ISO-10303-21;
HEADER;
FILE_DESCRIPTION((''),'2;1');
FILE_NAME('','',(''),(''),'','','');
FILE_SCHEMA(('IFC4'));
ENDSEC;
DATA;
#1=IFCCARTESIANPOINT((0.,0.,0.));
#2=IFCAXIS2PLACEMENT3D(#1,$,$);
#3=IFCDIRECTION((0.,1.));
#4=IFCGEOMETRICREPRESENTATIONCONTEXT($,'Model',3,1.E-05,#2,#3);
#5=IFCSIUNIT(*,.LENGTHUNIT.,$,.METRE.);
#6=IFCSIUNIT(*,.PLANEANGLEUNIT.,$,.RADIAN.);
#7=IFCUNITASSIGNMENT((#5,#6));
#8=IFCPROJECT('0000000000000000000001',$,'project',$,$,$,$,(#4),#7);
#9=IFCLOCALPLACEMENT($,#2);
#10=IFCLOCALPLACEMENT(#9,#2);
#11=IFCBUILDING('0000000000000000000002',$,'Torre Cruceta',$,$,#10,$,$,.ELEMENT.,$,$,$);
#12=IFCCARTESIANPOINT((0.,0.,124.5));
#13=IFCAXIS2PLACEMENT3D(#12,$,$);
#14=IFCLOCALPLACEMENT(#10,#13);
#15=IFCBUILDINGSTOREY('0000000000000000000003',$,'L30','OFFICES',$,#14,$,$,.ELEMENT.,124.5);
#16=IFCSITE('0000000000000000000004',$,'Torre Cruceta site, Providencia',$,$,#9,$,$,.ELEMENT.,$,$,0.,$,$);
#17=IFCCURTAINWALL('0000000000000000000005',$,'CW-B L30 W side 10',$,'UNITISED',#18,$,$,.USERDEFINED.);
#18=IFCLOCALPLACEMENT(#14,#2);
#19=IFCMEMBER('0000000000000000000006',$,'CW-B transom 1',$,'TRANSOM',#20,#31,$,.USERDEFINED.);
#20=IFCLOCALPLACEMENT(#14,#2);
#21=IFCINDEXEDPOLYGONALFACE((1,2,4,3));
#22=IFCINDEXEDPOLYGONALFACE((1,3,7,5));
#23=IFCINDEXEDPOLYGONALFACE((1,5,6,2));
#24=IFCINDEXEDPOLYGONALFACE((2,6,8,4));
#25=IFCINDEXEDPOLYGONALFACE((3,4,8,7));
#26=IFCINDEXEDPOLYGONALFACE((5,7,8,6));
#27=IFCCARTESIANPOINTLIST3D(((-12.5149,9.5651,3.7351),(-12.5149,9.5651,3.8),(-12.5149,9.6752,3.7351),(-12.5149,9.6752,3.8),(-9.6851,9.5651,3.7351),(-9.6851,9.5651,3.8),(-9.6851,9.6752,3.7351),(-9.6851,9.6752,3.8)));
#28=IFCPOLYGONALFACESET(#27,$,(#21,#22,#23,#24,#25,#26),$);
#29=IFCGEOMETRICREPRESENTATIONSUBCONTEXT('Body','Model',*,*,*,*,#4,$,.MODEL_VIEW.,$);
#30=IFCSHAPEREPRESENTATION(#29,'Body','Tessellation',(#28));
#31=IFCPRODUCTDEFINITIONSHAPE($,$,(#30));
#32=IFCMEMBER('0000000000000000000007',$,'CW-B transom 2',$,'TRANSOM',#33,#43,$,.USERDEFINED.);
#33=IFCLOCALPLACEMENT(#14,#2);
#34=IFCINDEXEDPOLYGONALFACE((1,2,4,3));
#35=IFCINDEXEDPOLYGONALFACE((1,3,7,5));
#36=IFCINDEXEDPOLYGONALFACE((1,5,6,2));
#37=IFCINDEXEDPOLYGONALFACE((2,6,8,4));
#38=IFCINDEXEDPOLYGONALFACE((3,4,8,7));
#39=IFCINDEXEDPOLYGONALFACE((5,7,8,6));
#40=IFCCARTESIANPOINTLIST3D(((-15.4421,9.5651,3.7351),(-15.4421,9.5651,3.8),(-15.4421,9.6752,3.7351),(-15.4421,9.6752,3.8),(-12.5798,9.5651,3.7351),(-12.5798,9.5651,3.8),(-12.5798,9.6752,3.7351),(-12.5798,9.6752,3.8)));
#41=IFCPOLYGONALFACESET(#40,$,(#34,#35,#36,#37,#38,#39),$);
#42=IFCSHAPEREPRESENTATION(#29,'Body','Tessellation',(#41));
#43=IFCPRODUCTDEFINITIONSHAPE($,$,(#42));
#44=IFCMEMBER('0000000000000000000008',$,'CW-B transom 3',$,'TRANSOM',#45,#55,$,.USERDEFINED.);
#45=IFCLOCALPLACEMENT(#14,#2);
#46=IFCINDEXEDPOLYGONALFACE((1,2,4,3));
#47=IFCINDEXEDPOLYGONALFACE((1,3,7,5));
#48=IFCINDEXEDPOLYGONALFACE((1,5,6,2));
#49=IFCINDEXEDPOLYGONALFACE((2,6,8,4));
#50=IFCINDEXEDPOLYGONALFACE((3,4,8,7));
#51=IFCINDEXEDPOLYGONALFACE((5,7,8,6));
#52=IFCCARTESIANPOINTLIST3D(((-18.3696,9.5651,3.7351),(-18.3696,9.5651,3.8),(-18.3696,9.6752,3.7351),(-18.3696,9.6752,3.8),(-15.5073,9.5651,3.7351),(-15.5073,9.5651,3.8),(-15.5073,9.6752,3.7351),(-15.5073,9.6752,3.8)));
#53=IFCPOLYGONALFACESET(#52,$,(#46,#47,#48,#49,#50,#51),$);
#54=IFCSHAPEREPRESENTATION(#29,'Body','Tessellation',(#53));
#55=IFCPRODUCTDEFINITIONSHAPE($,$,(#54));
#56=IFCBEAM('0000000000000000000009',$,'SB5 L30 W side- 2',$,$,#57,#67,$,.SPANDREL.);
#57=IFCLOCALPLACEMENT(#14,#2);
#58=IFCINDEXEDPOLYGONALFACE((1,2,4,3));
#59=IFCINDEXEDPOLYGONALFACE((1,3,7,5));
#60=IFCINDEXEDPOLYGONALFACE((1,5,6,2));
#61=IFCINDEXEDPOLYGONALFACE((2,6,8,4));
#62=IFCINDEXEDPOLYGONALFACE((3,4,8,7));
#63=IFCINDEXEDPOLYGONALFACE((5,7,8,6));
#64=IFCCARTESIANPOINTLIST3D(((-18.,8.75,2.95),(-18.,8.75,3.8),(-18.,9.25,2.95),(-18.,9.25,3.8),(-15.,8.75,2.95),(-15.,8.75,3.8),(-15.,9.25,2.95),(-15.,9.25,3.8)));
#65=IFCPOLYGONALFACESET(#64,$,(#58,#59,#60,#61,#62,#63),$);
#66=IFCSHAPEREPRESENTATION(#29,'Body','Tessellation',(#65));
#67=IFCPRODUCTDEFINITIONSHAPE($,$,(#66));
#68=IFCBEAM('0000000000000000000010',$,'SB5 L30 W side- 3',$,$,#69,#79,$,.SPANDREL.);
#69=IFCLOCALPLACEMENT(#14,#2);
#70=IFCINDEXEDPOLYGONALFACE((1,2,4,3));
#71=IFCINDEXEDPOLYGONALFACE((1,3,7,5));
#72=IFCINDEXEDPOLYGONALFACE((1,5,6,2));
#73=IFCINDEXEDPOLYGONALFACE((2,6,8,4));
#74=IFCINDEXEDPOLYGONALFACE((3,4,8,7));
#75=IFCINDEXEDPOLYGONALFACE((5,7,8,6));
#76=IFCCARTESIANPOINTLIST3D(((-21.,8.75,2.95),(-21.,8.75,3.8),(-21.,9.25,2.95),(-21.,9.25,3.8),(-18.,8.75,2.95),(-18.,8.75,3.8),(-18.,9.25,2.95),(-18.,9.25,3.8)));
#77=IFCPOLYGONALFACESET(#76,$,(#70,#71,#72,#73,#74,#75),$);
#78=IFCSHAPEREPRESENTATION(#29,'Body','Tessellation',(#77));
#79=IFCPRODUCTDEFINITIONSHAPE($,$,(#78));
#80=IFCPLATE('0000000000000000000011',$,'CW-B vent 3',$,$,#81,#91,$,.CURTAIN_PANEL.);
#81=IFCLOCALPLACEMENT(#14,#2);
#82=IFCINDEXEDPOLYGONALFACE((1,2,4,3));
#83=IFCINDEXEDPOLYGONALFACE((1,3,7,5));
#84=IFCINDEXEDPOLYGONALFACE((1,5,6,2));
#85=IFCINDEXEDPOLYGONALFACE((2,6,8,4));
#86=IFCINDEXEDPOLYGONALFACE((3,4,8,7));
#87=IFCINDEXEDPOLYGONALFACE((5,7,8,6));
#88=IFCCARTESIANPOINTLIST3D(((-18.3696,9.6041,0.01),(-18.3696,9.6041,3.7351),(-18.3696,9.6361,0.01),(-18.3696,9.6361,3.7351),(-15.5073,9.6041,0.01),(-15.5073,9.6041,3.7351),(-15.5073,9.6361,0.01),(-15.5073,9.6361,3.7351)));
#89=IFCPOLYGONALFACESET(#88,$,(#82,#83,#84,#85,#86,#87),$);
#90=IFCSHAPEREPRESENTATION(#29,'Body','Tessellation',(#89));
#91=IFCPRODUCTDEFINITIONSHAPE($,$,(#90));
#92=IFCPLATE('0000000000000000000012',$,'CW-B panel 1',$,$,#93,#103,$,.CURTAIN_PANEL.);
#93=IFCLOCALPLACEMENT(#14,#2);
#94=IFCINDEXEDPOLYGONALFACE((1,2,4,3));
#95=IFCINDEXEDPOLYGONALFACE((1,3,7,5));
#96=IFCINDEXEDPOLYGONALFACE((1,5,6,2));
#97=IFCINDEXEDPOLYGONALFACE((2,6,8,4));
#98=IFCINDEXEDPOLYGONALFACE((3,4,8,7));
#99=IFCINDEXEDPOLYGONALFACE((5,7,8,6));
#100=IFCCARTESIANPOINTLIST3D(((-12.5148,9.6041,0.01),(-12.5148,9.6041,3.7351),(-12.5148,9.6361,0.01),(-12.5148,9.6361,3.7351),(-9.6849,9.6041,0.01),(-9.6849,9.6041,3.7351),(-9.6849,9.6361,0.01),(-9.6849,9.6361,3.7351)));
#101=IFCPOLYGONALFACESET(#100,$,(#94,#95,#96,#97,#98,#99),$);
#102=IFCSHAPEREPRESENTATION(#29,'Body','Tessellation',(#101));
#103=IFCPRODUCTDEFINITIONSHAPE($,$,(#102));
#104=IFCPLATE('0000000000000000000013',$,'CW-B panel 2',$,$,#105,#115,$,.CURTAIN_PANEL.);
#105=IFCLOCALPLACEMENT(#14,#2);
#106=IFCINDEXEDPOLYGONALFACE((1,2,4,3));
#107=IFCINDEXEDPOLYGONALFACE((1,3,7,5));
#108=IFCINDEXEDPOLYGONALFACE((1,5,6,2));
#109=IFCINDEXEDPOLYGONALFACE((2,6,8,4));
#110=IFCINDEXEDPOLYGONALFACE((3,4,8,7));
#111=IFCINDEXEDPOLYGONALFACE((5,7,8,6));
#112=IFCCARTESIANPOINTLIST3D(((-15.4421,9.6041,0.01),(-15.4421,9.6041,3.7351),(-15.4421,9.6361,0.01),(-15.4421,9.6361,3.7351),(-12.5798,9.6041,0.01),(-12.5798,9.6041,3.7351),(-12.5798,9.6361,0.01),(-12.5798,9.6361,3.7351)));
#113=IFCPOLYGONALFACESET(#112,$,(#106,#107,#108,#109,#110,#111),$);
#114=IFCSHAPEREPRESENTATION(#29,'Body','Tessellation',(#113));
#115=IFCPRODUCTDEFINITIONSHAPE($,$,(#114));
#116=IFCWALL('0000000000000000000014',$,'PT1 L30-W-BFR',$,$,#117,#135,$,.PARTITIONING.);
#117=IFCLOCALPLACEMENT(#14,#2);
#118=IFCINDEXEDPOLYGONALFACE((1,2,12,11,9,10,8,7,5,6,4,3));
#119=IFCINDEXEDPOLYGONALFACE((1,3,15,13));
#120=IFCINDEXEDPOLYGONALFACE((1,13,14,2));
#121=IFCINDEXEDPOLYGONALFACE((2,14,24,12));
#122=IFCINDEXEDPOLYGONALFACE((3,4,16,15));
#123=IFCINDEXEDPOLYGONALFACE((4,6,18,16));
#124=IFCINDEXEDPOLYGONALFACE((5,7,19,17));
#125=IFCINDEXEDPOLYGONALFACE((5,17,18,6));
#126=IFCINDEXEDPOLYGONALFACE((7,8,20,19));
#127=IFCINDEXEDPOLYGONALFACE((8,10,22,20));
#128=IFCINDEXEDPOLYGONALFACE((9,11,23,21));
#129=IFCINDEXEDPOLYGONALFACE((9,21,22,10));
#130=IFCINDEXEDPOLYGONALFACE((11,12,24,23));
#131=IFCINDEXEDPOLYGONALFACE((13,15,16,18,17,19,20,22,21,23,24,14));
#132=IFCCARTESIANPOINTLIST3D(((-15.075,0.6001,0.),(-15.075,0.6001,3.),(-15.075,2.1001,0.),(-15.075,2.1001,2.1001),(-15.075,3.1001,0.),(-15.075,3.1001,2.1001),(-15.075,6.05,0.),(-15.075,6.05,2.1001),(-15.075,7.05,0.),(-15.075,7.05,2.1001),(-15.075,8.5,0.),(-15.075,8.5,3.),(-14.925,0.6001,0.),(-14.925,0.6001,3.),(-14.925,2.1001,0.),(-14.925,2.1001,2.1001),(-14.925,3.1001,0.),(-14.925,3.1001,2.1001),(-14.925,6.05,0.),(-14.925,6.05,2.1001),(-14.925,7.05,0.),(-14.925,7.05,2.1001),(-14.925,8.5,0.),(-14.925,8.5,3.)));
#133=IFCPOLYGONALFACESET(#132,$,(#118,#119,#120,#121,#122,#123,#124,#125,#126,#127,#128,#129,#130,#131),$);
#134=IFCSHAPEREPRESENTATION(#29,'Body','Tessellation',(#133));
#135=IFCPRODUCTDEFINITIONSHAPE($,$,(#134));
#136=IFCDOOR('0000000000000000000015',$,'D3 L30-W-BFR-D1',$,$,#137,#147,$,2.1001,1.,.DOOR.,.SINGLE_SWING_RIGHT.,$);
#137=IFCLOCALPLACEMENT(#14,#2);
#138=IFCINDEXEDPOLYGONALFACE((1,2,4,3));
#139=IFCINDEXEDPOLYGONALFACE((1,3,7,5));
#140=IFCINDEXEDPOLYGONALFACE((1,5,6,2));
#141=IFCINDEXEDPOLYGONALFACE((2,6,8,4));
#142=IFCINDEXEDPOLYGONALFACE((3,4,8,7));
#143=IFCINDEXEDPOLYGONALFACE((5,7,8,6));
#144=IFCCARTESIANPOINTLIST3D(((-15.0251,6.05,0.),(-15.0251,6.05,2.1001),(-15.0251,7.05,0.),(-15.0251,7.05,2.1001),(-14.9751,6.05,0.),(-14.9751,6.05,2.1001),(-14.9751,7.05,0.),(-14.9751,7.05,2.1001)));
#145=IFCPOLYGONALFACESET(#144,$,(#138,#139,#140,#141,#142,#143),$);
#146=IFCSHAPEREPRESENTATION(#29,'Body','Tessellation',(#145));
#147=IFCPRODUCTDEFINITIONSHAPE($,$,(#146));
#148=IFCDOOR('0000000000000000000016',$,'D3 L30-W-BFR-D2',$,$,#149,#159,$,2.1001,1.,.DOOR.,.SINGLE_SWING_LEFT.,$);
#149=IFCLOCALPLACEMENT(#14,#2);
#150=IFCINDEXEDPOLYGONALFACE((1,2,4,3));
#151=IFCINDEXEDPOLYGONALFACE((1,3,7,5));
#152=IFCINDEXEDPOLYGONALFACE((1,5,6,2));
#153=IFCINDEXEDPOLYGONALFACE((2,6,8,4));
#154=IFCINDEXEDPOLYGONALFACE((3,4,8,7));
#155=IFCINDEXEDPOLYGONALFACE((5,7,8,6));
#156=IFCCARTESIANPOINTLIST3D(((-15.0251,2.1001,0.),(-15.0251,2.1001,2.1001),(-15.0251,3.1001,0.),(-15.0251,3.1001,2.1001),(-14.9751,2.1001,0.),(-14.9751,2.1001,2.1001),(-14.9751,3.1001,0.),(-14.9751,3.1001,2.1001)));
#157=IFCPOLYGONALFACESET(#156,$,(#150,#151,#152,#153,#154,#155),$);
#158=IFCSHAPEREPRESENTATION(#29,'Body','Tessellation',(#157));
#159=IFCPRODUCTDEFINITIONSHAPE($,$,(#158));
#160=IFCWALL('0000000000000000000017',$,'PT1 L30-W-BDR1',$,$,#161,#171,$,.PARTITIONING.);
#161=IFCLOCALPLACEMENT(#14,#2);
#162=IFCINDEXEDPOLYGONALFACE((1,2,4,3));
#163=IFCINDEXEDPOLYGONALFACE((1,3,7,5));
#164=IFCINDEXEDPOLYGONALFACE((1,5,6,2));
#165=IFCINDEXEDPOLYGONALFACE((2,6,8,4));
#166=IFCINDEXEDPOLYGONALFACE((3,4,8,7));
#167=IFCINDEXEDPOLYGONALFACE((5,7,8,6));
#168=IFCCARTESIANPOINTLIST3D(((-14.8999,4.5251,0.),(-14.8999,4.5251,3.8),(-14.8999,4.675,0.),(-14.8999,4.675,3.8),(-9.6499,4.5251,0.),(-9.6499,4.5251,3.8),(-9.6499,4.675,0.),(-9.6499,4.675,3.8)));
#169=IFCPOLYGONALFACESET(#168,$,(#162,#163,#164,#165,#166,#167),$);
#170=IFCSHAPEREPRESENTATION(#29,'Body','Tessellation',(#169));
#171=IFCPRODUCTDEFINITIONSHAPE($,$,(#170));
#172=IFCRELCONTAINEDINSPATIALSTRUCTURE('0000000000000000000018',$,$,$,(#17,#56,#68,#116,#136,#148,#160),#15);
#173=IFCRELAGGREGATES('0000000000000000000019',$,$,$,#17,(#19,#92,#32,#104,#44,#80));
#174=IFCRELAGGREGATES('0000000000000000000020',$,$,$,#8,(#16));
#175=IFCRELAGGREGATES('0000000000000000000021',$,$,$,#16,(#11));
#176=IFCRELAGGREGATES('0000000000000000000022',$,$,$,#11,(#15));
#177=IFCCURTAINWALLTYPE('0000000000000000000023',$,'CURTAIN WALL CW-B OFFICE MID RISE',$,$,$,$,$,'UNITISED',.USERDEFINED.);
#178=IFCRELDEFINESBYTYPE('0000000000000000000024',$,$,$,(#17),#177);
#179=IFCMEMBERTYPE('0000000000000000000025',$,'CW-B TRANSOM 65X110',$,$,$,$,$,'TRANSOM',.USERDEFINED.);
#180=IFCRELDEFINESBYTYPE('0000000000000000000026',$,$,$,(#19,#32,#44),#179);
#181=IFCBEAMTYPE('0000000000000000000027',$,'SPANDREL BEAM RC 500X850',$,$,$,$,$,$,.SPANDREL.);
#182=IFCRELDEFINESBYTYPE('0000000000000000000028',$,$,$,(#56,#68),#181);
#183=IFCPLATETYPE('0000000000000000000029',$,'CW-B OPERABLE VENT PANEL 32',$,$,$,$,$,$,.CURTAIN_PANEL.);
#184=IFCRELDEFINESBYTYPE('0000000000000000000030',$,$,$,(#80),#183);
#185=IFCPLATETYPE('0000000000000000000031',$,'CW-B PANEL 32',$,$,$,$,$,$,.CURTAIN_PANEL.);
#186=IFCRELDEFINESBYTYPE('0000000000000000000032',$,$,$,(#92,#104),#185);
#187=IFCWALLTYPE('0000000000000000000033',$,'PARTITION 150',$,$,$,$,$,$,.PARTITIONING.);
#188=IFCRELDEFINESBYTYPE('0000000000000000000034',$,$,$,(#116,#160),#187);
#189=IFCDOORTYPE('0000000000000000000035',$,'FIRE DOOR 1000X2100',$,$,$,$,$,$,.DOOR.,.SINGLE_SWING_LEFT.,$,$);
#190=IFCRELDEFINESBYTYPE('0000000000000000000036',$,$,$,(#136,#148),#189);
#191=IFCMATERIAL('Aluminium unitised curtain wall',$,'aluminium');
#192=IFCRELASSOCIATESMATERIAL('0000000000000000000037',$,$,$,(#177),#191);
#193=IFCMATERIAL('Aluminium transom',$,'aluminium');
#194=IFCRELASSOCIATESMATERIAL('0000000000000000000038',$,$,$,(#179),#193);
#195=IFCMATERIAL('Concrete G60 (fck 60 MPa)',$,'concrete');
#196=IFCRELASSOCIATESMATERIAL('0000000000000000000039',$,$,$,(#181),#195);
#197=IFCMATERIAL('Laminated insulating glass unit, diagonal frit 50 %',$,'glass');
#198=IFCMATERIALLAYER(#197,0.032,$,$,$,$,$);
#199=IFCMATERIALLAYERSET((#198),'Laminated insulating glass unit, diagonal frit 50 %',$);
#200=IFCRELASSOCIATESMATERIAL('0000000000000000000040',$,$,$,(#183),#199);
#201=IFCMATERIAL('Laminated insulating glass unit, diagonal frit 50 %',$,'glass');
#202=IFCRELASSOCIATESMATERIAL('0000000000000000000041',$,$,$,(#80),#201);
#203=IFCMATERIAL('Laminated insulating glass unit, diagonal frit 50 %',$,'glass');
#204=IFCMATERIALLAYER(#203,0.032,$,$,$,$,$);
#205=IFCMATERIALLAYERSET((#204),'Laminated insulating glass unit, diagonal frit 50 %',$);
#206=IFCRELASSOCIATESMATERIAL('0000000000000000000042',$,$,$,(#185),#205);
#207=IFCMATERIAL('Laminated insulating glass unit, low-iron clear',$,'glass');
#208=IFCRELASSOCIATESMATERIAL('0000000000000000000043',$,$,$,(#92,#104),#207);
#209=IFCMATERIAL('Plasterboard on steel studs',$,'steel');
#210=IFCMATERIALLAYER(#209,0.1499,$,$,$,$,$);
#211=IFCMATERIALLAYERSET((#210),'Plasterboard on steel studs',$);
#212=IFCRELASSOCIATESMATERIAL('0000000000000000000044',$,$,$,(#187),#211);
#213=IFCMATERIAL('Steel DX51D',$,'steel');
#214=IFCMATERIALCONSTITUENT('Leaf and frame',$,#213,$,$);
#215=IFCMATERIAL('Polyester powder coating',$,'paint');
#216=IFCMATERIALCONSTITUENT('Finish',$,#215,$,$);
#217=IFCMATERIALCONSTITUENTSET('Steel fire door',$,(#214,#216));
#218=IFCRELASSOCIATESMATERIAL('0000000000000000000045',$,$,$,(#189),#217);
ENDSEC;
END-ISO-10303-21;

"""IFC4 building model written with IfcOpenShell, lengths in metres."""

from ifc_helpers import new_model, si_unit, direction, frame, frame_2d, origin, origin_2d, place, context, subcontext, project, spatial, rectangle, extrude, material, layer, layer_set, constituent, constituent_set, material_profile, profile_set, type_object, element, fill, aggregate, save


model = new_model("IFC4")

# Units and contexts
model_context = context("Model", 3, precision=1e-05, world=origin(), true_north=direction((0.0, 1.0)))
body_context = subcontext(model_context, "Body", "Model", "MODEL_VIEW")
ifc_project = project(units=[si_unit("LENGTHUNIT", "METRE"), si_unit("PLANEANGLEUNIT", "RADIAN")], contexts=[model_context])

# Site, building, storey
site_placement = place(None, origin())
site = spatial("IfcSite", under=ifc_project, at=site_placement, Name="Torre Cruceta site, Providencia", CompositionType="ELEMENT", RefElevation=0.0)
building_placement = place(site_placement, origin())
building = spatial("IfcBuilding", under=site, at=building_placement, Name="Torre Cruceta", CompositionType="ELEMENT")
storey_placement = place(building_placement, frame((0.0, 0.0, 124.5)))
storey = spatial("IfcBuildingStorey", under=building, at=storey_placement, Name="L30", Description="OFFICES", CompositionType="ELEMENT", Elevation=124.5)

# Curtain wall, members
ifc_material_1 = material(Name="Aluminium unitised curtain wall", Category="aluminium")
curtain_wall_type = type_object("IfcCurtainWallType", Name="CURTAIN WALL CW-B OFFICE MID RISE", ElementType="UNITISED", PredefinedType="USERDEFINED", material=ifc_material_1)
curtain_wall_placement = place(storey_placement, origin())
curtain_wall = element("IfcCurtainWall", 1, at=curtain_wall_placement, inside=storey, type_object=curtain_wall_type, Name="CW-B L30 W side 10", ObjectType="UNITISED", PredefinedType="USERDEFINED")
ifc_material_2 = material(Name="Aluminium transom", Category="aluminium")
ifc_material_profile_1 = material_profile(ifc_material_2, rectangle(XDim=0.1101, YDim=0.0649, at=origin_2d()), Name="AL 110X65")
ifc_profile_set_1 = profile_set([ifc_material_profile_1], Name="Aluminium transom")
member_type_1 = type_object("IfcMemberType", Name="CW-B TRANSOM 65X110", ElementType="TRANSOM", PredefinedType="USERDEFINED", material=ifc_profile_set_1)
member_1_placement = place(storey_placement, frame((-9.6851, 9.6201, 3.7676), z_axis=(-1.0, 0.0, 0.0), x_axis=(0.0, -1.0, 0.0)))
member_1 = element("IfcMember", 2, at=member_1_placement, type_object=member_type_1, Name="CW-B transom 1", ObjectType="TRANSOM", PredefinedType="USERDEFINED", context=body_context, shape_type="SweptSolid", body=[
    extrude(rectangle(XDim=0.1101, YDim=0.0649, at=origin_2d()), origin(), (0.0, 0.0, 1.0), 2.8298),
])
member_2_placement = place(storey_placement, frame((-12.5798, 9.6201, 3.7676), z_axis=(-1.0, 0.0, 0.0), x_axis=(0.0, -1.0, 0.0)))
member_2 = element("IfcMember", 3, at=member_2_placement, type_object=member_type_1, Name="CW-B transom 2", ObjectType="TRANSOM", PredefinedType="USERDEFINED", context=body_context, shape_type="SweptSolid", body=[
    extrude(rectangle(XDim=0.1101, YDim=0.0649, at=origin_2d()), origin(), (0.0, 0.0, 1.0), 2.8623),
])
member_3_placement = place(storey_placement, frame((-15.5073, 9.6201, 3.7676), z_axis=(-1.0, 0.0, 0.0), x_axis=(0.0, -1.0, 0.0)))
member_3 = element("IfcMember", 4, at=member_3_placement, type_object=member_type_1, Name="CW-B transom 3", ObjectType="TRANSOM", PredefinedType="USERDEFINED", context=body_context, shape_type="SweptSolid", body=[
    extrude(rectangle(XDim=0.1101, YDim=0.0649, at=origin_2d()), origin(), (0.0, 0.0, 1.0), 2.8623),
])

# Beams
ifc_material_3 = material(Name="Concrete G60 (fck 60 MPa)", Category="concrete")
ifc_material_profile_2 = material_profile(ifc_material_3, rectangle(XDim=0.5, YDim=0.8501, at=origin_2d()), Name="RC 500X850")
ifc_profile_set_2 = profile_set([ifc_material_profile_2], Name="Concrete G60 (fck 60 MPa)")
beam_type_1 = type_object("IfcBeamType", Name="SPANDREL BEAM RC 500X850", PredefinedType="SPANDREL", material=ifc_profile_set_2)
for number, where, z_axis, x_axis, name in (
    (5, (-15.0, 9.0, 3.375), (-1.0, 0.0, 0.0), (0.0, -1.0, 0.0), "SB5 L30 W side- 2"),
    (6, (-18.0, 9.0, 3.375), (-1.0, 0.0, 0.0), (0.0, -1.0, 0.0), "SB5 L30 W side- 3"),
):
    element("IfcBeam", number, at=place(storey_placement, frame(where, z_axis=z_axis, x_axis=x_axis)), inside=storey, type_object=beam_type_1, Name=name, PredefinedType="SPANDREL", context=body_context, shape_type="SweptSolid", body=[
        extrude(rectangle(XDim=0.5, YDim=0.8501, at=origin_2d()), origin(), (0.0, 0.0, 1.0), 3.0),
    ])

# Plates
ifc_material_4 = material(Name="Laminated insulating glass unit, diagonal frit 50 %", Category="glass")
ifc_material_5 = material(Name="Laminated insulating glass unit, diagonal frit 50 %", Category="glass")
ifc_layer_1 = layer(ifc_material_5, 0.032)
ifc_layer_set_1 = layer_set([ifc_layer_1], Name="Laminated insulating glass unit, diagonal frit 50 %")
plate_type_1 = type_object("IfcPlateType", Name="CW-B OPERABLE VENT PANEL 32", PredefinedType="CURTAIN_PANEL", material=ifc_layer_set_1)
plate_1_placement = place(storey_placement, frame((-16.9385, 9.6201, 0.01), z_axis=(0.0, 0.0, 1.0), x_axis=(-1.0, 0.0, 0.0)))
plate_1 = element("IfcPlate", 7, at=plate_1_placement, type_object=plate_type_1, material=ifc_material_4, Name="CW-B vent 3", PredefinedType="CURTAIN_PANEL", context=body_context, shape_type="SweptSolid", body=[
    extrude(rectangle(XDim=2.8623, YDim=0.032, at=origin_2d()), origin(), (0.0, 0.0, 1.0), 3.7251),
])
ifc_material_6 = material(Name="Laminated insulating glass unit, low-iron clear", Category="glass")
ifc_material_7 = material(Name="Laminated insulating glass unit, diagonal frit 50 %", Category="glass")
ifc_layer_2 = layer(ifc_material_7, 0.032)
ifc_layer_set_2 = layer_set([ifc_layer_2], Name="Laminated insulating glass unit, diagonal frit 50 %")
plate_type_2 = type_object("IfcPlateType", Name="CW-B PANEL 32", PredefinedType="CURTAIN_PANEL", material=ifc_layer_set_2)
plate_2_placement = place(storey_placement, frame((-11.0999, 9.6201, 0.01), z_axis=(0.0, 0.0, 1.0), x_axis=(-1.0, 0.0, 0.0)))
plate_2 = element("IfcPlate", 8, at=plate_2_placement, type_object=plate_type_2, material=ifc_material_6, Name="CW-B panel 1", PredefinedType="CURTAIN_PANEL", context=body_context, shape_type="SweptSolid", body=[
    extrude(rectangle(XDim=2.8298, YDim=0.032, at=origin_2d()), origin(), (0.0, 0.0, 1.0), 3.7251),
])
plate_3_placement = place(storey_placement, frame((-14.011, 9.6201, 0.01), z_axis=(0.0, 0.0, 1.0), x_axis=(-1.0, 0.0, 0.0)))
plate_3 = element("IfcPlate", 9, at=plate_3_placement, type_object=plate_type_2, material=ifc_material_6, Name="CW-B panel 2", PredefinedType="CURTAIN_PANEL", context=body_context, shape_type="SweptSolid", body=[
    extrude(rectangle(XDim=2.8623, YDim=0.032, at=origin_2d()), origin(), (0.0, 0.0, 1.0), 3.7251),
])
aggregate(curtain_wall, [member_1, plate_2, member_2, plate_3, member_3, plate_1])

# Wall, openings, doors
ifc_material_8 = material(Name="Plasterboard on steel studs", Category="steel")
ifc_layer_3 = layer(ifc_material_8, 0.1499)
ifc_layer_set_3 = layer_set([ifc_layer_3], Name="Plasterboard on steel studs")
wall_type = type_object("IfcWallType", Name="PARTITION 150", PredefinedType="PARTITIONING", material=ifc_layer_set_3)
wall_1_placement = place(storey_placement, frame((-15.0, 8.5, 0.0), z_axis=(0.0, 0.0, 1.0), x_axis=(0.0, -1.0, 0.0)))
wall_1 = element("IfcWall", 10, at=wall_1_placement, inside=storey, type_object=wall_type, Name="PT1 L30-W-BFR", PredefinedType="PARTITIONING", context=body_context, shape_type="SweptSolid", body=[
    extrude(rectangle(XDim=7.8999, YDim=0.1499, at=frame_2d((3.95, 0.0))), origin(), (0.0, 0.0, 1.0), 3.0),
])
opening_1_placement = place(wall_1_placement, frame((1.45, 0.0, 0.0)))
opening_1 = element("IfcOpeningElement", 11, at=opening_1_placement, cuts=wall_1, PredefinedType="OPENING", context=body_context, shape_type="SweptSolid", body=[
    extrude(rectangle(XDim=1.0, YDim=2.1001, at=frame_2d((0.5, 1.05))), frame((0.0, 0.085, 0.0), z_axis=(0.0, -1.0, 0.0), x_axis=(1.0, 0.0, 0.0)), (0.0, 0.0, 1.0), 0.1699),
])
opening_2_placement = place(wall_1_placement, frame((5.3999, 0.0, 0.0)))
opening_2 = element("IfcOpeningElement", 12, at=opening_2_placement, cuts=wall_1, PredefinedType="OPENING", context=body_context, shape_type="SweptSolid", body=[
    extrude(rectangle(XDim=1.0, YDim=2.1001, at=frame_2d((0.5, 1.05))), frame((0.0, 0.085, 0.0), z_axis=(0.0, -1.0, 0.0), x_axis=(1.0, 0.0, 0.0)), (0.0, 0.0, 1.0), 0.1699),
])
ifc_material_9 = material(Name="Steel DX51D", Category="steel")
ifc_constituent_1 = constituent(ifc_material_9, Name="Leaf and frame")
ifc_material_10 = material(Name="Polyester powder coating", Category="paint")
ifc_constituent_2 = constituent(ifc_material_10, Name="Finish")
ifc_constituent_set = constituent_set(constituents=[ifc_constituent_1, ifc_constituent_2], Name="Steel fire door")
door_type = type_object("IfcDoorType", Name="FIRE DOOR 1000X2100", OperationType="SINGLE_SWING_LEFT", PredefinedType="DOOR", material=ifc_constituent_set)
door_1_placement = place(opening_1_placement, origin())
door_1 = element("IfcDoor", 13, at=door_1_placement, inside=storey, type_object=door_type, Name="D3 L30-W-BFR-D1", OperationType="SINGLE_SWING_RIGHT", OverallHeight=2.1001, OverallWidth=1.0, PredefinedType="DOOR", context=body_context, shape_type="SweptSolid", body=[
    extrude(rectangle(XDim=1.0, YDim=2.1001, at=frame_2d((0.5, 1.05))), frame((0.0, 0.0249, 0.0), z_axis=(0.0, -1.0, 0.0), x_axis=(1.0, 0.0, 0.0)), (0.0, 0.0, 1.0), 0.05),
])
fill(opening_1, door_1)
door_2_placement = place(opening_2_placement, origin())
door_2 = element("IfcDoor", 14, at=door_2_placement, inside=storey, type_object=door_type, Name="D3 L30-W-BFR-D2", OperationType="SINGLE_SWING_LEFT", OverallHeight=2.1001, OverallWidth=1.0, PredefinedType="DOOR", context=body_context, shape_type="SweptSolid", body=[
    extrude(rectangle(XDim=1.0, YDim=2.1001, at=frame_2d((0.5, 1.05))), frame((0.0, 0.0249, 0.0), z_axis=(0.0, -1.0, 0.0), x_axis=(1.0, 0.0, 0.0)), (0.0, 0.0, 1.0), 0.05),
])
fill(opening_2, door_2)

# Wall
wall_2_placement = place(storey_placement, frame((-9.6499, 4.6001, 0.0), z_axis=(0.0, 0.0, 1.0), x_axis=(-1.0, 0.0, 0.0)))
element("IfcWall", 15, at=wall_2_placement, inside=storey, type_object=wall_type, Name="PT1 L30-W-BDR1", PredefinedType="PARTITIONING", context=body_context, shape_type="SweptSolid", body=[
    extrude(rectangle(XDim=5.25, YDim=0.1499, at=frame_2d((2.625, 0.0))), origin(), (0.0, 0.0, 1.0), 3.8),
])

save(model, "model.ifc")
